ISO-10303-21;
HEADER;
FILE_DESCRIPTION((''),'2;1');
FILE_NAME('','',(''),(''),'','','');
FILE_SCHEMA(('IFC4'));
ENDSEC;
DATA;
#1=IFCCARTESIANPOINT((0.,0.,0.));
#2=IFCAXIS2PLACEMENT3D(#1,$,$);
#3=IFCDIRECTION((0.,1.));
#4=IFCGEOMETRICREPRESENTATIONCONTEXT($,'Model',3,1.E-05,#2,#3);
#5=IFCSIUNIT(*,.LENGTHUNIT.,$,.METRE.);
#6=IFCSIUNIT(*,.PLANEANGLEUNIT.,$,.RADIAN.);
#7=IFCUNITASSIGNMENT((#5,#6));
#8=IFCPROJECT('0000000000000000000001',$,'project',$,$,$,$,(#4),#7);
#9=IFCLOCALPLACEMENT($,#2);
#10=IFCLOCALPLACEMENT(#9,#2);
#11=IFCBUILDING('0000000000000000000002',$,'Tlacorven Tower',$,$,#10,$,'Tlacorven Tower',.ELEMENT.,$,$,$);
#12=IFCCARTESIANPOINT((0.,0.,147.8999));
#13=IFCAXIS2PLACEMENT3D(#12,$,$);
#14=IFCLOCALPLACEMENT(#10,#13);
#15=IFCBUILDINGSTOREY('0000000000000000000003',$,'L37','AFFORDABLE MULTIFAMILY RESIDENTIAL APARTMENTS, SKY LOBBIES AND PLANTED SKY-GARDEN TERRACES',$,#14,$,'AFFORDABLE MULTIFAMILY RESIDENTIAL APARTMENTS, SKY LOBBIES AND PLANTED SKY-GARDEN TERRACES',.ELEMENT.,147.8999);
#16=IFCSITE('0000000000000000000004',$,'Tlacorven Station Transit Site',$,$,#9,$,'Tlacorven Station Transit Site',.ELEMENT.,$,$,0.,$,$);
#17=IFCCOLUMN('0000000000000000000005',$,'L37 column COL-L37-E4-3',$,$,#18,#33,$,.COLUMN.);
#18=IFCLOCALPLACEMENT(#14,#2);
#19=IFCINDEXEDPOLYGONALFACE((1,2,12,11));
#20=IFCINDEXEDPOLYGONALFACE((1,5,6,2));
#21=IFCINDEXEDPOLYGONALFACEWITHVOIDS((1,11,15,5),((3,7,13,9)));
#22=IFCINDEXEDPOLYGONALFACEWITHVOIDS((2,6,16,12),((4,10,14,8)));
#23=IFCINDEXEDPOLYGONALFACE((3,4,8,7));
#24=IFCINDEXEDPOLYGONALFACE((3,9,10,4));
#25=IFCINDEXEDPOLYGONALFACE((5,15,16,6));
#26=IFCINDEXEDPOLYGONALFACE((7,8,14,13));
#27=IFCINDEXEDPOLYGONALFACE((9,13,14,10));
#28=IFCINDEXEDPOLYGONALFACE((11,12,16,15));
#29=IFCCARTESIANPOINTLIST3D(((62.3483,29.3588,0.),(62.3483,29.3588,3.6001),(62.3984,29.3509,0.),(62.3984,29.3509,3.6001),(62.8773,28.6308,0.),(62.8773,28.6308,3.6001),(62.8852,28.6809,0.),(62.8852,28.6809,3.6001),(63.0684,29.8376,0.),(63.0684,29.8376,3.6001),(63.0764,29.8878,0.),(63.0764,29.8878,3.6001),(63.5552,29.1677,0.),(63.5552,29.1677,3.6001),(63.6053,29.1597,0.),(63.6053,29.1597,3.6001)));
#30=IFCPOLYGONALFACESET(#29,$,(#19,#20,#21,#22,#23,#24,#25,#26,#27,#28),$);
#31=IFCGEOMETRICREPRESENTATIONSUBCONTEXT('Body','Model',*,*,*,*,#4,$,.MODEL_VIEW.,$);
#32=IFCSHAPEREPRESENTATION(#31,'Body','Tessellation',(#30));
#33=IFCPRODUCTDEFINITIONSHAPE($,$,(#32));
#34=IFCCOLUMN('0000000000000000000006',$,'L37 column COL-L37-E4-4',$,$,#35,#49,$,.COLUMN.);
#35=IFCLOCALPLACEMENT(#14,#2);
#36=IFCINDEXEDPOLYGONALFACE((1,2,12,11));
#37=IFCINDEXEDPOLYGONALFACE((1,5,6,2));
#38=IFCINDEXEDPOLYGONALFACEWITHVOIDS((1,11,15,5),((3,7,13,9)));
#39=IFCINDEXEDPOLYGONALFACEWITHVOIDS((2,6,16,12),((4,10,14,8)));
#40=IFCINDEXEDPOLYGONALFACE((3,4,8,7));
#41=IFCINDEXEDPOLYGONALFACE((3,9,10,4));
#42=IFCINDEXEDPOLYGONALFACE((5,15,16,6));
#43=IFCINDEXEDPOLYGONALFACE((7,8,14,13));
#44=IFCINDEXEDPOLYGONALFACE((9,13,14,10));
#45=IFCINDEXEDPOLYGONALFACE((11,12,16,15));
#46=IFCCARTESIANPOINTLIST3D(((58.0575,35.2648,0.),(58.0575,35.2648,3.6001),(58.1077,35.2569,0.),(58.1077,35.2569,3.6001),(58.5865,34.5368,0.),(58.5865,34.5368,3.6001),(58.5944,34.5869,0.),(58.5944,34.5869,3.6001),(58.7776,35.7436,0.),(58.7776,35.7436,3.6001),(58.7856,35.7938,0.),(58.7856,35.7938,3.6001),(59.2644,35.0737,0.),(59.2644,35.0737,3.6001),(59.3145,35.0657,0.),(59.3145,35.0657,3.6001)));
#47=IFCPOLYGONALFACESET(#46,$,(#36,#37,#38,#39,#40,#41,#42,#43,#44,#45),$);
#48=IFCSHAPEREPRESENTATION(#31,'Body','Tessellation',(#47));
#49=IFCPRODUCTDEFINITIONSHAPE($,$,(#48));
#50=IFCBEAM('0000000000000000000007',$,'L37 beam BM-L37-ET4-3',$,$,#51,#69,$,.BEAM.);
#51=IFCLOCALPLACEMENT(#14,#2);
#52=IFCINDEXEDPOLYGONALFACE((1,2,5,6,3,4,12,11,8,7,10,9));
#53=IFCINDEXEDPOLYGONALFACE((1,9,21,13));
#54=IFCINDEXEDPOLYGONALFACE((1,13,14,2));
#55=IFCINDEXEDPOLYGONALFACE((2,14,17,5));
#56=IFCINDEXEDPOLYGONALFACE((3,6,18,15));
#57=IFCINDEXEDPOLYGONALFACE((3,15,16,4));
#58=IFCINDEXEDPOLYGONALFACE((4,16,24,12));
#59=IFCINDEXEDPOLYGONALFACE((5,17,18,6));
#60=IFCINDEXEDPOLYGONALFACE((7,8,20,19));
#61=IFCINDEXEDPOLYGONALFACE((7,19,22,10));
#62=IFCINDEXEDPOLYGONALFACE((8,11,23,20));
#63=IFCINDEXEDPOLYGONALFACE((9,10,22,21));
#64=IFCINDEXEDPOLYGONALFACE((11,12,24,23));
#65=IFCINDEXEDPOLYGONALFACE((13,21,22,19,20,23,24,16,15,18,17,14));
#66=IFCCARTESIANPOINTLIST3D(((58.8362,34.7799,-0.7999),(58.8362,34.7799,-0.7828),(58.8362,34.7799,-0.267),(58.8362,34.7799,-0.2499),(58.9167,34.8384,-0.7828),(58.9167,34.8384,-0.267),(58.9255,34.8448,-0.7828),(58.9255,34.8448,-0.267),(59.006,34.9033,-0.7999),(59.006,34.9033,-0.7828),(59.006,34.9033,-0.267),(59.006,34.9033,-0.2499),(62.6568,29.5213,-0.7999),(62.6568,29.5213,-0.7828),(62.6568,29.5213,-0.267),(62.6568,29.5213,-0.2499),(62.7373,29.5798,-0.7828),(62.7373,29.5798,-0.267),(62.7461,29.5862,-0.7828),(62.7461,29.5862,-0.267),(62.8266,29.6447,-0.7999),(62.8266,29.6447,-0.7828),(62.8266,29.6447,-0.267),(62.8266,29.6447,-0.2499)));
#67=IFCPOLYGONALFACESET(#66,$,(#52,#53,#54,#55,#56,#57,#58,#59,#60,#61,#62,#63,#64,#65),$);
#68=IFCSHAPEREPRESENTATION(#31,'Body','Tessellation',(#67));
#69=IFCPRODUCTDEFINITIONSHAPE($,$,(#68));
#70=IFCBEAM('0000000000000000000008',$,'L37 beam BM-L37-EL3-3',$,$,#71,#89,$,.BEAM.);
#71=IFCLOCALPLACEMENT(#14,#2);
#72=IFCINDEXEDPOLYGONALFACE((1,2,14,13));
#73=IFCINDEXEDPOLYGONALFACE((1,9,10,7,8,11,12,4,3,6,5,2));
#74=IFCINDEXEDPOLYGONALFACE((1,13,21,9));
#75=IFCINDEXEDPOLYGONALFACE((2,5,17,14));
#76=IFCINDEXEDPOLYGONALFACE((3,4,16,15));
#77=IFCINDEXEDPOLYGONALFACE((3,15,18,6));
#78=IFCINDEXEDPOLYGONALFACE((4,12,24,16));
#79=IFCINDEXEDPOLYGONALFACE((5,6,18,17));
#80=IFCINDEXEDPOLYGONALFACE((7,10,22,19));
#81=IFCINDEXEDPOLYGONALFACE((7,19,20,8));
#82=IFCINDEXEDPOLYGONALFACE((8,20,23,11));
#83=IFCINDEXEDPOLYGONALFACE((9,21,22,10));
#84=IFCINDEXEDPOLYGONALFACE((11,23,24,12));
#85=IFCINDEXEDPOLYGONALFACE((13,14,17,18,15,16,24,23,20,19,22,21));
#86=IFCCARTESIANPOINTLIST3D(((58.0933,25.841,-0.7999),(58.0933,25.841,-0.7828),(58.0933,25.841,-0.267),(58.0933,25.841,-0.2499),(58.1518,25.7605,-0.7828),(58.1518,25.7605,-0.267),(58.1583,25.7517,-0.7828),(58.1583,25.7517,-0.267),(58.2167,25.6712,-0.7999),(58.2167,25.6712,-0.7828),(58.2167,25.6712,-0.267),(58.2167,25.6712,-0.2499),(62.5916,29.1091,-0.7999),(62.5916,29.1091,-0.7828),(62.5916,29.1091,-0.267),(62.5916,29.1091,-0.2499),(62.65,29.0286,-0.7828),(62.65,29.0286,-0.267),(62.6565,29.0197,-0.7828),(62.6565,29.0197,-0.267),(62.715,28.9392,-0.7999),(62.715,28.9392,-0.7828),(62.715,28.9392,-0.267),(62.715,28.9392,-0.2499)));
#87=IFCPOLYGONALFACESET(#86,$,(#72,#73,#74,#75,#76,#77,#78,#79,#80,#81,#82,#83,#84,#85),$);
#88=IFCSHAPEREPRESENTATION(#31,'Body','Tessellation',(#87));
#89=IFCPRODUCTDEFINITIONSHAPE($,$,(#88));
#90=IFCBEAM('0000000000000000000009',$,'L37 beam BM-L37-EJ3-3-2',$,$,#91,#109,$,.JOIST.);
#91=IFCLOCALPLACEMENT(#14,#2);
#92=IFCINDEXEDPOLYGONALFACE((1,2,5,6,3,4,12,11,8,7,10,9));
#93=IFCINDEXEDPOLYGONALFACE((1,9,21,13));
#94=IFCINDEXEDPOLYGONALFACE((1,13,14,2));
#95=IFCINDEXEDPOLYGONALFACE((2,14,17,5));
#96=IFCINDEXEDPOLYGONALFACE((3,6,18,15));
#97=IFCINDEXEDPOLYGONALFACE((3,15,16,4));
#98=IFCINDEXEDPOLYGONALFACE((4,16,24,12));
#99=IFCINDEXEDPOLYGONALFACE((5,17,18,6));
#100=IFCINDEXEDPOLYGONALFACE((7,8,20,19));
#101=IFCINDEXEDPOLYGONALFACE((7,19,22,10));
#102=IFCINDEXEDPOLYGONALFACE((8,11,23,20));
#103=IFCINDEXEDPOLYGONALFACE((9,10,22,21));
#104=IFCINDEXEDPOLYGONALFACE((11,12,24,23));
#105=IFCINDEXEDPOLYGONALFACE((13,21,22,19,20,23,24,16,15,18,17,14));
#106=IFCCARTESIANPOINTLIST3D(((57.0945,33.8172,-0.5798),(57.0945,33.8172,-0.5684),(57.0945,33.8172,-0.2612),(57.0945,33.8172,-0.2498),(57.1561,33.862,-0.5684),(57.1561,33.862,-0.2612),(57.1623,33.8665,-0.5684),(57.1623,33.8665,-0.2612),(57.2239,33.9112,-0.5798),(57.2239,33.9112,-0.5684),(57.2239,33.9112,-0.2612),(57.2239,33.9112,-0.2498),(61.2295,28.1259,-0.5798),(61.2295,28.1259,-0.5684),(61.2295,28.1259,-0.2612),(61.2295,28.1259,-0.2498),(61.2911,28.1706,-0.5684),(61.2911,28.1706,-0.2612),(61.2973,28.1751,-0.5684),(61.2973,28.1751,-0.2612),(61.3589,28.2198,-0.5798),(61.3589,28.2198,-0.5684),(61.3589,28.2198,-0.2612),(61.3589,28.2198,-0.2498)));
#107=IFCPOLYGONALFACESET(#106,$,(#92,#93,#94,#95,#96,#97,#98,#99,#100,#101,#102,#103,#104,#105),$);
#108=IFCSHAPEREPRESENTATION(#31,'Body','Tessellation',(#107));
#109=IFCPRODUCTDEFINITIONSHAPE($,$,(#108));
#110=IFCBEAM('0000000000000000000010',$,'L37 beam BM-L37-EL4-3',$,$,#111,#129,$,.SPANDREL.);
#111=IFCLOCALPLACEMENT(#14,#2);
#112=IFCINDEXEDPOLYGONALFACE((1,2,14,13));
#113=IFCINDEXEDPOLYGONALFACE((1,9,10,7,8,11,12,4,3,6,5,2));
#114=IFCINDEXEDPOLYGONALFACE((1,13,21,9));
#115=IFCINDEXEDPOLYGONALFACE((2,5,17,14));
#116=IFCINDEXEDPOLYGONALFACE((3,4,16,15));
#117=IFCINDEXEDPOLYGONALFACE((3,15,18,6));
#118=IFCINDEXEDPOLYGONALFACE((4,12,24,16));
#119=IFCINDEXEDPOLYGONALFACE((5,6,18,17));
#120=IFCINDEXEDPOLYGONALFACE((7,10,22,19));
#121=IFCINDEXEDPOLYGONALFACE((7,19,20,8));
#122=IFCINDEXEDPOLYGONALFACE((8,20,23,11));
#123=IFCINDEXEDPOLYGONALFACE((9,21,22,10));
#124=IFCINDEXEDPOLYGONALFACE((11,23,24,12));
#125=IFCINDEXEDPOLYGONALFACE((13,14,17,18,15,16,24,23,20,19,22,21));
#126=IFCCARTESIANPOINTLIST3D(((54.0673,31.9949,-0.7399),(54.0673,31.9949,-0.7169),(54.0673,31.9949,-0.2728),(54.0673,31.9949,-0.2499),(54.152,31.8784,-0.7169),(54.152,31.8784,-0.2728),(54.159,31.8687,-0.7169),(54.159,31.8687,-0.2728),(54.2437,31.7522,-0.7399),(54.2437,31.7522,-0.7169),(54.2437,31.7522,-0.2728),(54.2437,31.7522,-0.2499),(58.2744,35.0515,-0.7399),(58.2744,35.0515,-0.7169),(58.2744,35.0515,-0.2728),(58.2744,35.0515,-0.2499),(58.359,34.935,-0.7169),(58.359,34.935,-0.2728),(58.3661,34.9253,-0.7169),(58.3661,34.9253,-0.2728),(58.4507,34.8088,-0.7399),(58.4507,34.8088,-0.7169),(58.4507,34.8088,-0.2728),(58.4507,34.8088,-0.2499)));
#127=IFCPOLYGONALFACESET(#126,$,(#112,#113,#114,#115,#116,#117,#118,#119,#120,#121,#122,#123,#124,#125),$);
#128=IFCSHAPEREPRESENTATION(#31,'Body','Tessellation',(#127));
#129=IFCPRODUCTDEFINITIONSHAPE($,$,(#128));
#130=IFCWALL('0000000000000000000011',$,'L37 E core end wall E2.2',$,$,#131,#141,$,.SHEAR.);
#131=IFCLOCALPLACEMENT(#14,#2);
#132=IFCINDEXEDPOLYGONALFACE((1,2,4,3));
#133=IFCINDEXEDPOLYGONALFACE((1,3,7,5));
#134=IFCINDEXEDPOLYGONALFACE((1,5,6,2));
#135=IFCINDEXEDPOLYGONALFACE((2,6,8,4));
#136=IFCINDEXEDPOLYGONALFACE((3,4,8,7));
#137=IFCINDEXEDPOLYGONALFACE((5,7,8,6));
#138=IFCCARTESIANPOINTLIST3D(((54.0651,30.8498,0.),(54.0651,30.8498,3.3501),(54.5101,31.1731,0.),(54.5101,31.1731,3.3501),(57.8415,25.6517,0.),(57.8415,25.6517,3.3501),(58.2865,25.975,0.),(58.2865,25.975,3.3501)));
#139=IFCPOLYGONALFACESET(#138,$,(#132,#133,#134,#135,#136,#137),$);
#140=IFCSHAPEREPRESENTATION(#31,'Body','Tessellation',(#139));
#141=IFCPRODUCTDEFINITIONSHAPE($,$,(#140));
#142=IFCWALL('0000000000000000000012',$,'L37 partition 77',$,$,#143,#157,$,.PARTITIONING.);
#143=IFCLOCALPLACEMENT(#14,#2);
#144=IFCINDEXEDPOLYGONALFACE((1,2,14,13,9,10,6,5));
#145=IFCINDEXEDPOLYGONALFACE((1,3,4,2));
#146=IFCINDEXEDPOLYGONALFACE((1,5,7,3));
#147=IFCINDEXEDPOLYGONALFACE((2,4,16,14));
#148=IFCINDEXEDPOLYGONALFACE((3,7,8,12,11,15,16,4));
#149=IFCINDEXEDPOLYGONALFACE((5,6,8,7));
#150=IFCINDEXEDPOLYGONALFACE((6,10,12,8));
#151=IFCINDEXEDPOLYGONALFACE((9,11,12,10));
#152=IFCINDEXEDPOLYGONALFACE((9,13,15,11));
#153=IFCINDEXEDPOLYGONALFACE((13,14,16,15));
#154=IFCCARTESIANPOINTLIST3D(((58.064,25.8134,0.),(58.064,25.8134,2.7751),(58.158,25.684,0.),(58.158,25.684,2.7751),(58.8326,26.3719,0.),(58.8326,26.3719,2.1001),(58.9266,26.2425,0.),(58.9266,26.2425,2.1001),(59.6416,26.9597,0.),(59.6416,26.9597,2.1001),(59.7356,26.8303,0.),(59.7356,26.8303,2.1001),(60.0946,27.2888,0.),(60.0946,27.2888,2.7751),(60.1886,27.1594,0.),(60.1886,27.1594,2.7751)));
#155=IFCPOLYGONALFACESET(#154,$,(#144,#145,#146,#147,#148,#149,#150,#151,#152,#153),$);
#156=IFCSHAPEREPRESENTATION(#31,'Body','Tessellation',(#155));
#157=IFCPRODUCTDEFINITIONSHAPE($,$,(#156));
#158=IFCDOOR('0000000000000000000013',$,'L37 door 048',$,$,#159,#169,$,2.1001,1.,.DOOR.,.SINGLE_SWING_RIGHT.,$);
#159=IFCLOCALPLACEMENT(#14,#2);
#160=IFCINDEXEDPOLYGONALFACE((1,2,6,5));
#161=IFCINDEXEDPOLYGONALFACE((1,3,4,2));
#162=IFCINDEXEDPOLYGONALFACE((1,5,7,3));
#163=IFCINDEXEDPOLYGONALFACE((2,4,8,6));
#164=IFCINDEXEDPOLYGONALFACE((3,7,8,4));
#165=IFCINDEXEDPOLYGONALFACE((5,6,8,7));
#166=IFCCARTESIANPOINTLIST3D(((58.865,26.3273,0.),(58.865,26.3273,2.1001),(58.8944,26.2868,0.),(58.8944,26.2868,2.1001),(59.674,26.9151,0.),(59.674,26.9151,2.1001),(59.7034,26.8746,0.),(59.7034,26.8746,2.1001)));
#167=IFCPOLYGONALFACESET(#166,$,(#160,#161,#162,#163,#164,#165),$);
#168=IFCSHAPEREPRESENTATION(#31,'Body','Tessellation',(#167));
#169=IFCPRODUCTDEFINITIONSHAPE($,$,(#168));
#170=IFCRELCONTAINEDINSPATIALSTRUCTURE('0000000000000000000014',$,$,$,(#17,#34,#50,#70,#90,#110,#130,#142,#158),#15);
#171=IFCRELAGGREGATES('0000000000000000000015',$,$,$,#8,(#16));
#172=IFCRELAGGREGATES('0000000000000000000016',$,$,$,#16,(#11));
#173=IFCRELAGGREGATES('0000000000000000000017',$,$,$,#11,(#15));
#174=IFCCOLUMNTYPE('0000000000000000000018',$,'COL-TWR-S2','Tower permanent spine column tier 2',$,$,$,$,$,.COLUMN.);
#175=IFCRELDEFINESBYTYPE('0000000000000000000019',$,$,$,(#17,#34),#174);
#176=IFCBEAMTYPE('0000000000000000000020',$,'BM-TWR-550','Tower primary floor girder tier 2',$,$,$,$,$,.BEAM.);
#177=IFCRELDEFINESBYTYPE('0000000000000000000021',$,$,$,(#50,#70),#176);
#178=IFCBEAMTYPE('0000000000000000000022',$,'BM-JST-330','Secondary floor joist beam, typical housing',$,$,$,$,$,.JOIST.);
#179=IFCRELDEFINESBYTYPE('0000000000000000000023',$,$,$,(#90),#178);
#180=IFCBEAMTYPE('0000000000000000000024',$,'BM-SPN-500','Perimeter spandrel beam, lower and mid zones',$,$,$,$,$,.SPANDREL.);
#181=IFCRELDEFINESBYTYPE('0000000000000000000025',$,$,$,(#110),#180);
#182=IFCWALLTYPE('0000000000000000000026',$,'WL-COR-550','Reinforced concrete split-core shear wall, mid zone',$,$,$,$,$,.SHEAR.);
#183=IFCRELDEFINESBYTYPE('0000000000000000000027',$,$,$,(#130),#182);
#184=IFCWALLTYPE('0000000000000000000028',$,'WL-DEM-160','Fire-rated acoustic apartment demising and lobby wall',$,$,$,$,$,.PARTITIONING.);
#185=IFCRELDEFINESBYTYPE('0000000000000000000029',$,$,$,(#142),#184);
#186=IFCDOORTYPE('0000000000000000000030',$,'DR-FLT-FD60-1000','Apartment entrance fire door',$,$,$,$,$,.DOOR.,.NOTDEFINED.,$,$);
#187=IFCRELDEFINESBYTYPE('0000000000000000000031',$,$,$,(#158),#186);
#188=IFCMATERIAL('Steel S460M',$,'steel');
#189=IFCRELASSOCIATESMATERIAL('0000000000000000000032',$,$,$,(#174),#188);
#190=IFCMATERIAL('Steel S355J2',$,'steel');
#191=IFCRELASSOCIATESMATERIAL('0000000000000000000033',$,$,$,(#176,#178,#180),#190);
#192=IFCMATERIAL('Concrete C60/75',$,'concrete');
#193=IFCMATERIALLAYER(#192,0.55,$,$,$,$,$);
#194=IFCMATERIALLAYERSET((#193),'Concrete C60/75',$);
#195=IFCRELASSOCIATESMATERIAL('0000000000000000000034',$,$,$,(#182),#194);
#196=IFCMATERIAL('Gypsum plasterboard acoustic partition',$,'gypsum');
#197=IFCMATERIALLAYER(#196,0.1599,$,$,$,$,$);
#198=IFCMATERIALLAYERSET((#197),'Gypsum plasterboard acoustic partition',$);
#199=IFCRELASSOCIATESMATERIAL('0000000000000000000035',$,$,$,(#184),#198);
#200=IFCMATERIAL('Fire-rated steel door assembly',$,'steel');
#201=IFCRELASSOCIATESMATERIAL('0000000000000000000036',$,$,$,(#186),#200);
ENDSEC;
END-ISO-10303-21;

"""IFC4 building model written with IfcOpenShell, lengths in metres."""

from ifc_helpers import new_model, si_unit, direction, frame, frame_2d, origin, origin_2d, place, context, subcontext, project, spatial, rectangle, hollow_rectangle, i_section, extrude, source, transform, mapped, material, layer, layer_set, material_profile, profile_set, type_object, element, fill, save


model = new_model("IFC4")

# Units and contexts
model_context = context("Model", 3, precision=1e-05, world=origin(), true_north=direction((0.0, 1.0)))
body_context = subcontext(model_context, "Body", "Model", "MODEL_VIEW")
ifc_project = project(units=[si_unit("LENGTHUNIT", "METRE"), si_unit("PLANEANGLEUNIT", "RADIAN")], contexts=[model_context])

# Site, building, storey
site_placement = place(None, origin())
site = spatial("IfcSite", under=ifc_project, at=site_placement, Name="Tlacorven Station Transit Site", LongName="Tlacorven Station Transit Site", CompositionType="ELEMENT", RefElevation=0.0)
building_placement = place(site_placement, origin())
building = spatial("IfcBuilding", under=site, at=building_placement, Name="Tlacorven Tower", LongName="Tlacorven Tower", CompositionType="ELEMENT")
storey_placement = place(building_placement, frame((0.0, 0.0, 147.8999)))
storey = spatial("IfcBuildingStorey", under=building, at=storey_placement, Name="L37", Description="AFFORDABLE MULTIFAMILY RESIDENTIAL APARTMENTS, SKY LOBBIES AND PLANTED SKY-GARDEN TERRACES", LongName="AFFORDABLE MULTIFAMILY RESIDENTIAL APARTMENTS, SKY LOBBIES AND PLANTED SKY-GARDEN TERRACES", CompositionType="ELEMENT", Elevation=147.8999)

# Columns
ifc_material_1 = material(Name="Steel S460M", Category="steel")
ifc_material_profile_1 = material_profile(ifc_material_1, hollow_rectangle(XDim=0.8999, YDim=0.8999, WallThickness=0.0359, at=origin_2d()), Name="BOX 900X900X36")
ifc_profile_set_1 = profile_set([ifc_material_profile_1], Name="Steel S460M")
column_type = type_object("IfcColumnType", Name="COL-TWR-S2", Description="Tower permanent spine column tier 2", PredefinedType="COLUMN", material=ifc_profile_set_1)
shared_shape_1 = source(origin(), body_context, "Body", "SweptSolid", [
    extrude(hollow_rectangle(XDim=0.8999, YDim=0.8999, WallThickness=0.0359, at=origin_2d()), origin(), (0.0, 0.0, 1.0), 3.6001),
])
for number, where, z_axis, x_axis, name in (
    (1, (62.9768, 29.2593, 0.0), (0.0, 0.0, 1.0), (0.809017, 0.587785, 0.0), "L37 column COL-L37-E4-3"),
    (2, (58.686, 35.1653, 0.0), (0.0, 0.0, 1.0), (0.809017, 0.587785, 0.0), "L37 column COL-L37-E4-4"),
):
    element("IfcColumn", number, at=place(storey_placement, frame(where, z_axis=z_axis, x_axis=x_axis)), inside=storey, type_object=column_type, Name=name, PredefinedType="COLUMN", context=body_context, shape_type="MappedRepresentation", body=[
        mapped(shared_shape_1, transform((0.0, 0.0, 0.0), scale=1.0)),
    ])

# Beams
ifc_material_2 = material(Name="Steel S355J2", Category="steel")
ifc_material_profile_2 = material_profile(ifc_material_2, i_section(OverallWidth=0.21, OverallDepth=0.55, WebThickness=0.011, FlangeThickness=0.0171, at=origin_2d()), Name="IPE 550")
ifc_profile_set_2 = profile_set([ifc_material_profile_2], Name="Steel S355J2")
beam_type_1 = type_object("IfcBeamType", Name="BM-TWR-550", Description="Tower primary floor girder tier 2", PredefinedType="BEAM", material=ifc_profile_set_2)
shared_shape_2 = source(origin(), body_context, "Body", "SweptSolid", [
    extrude(i_section(OverallWidth=0.21, OverallDepth=0.55, WebThickness=0.011, FlangeThickness=0.0171, at=origin_2d()), origin(), (0.0, 0.0, 1.0), 6.5),
])
beam_1_placement = place(storey_placement, frame((62.7417, 29.583, -0.5249), z_axis=(-0.587785, 0.809017, 0.0), x_axis=(-0.809017, -0.587785, 0.0)))
element("IfcBeam", 3, at=beam_1_placement, inside=storey, type_object=beam_type_1, Name="L37 beam BM-L37-ET4-3", PredefinedType="BEAM", context=body_context, shape_type="MappedRepresentation", body=[
    mapped(shared_shape_2, transform((0.0, 0.0, 0.0), scale=1.0)),
])
shared_shape_3 = source(origin(), body_context, "Body", "SweptSolid", [
    extrude(i_section(OverallWidth=0.21, OverallDepth=0.55, WebThickness=0.011, FlangeThickness=0.0171, at=origin_2d()), origin(), (0.0, 0.0, 1.0), 5.5601),
])
beam_2_placement = place(storey_placement, frame((58.155, 25.7561, -0.5249), z_axis=(0.809028, 0.58777, 0.0), x_axis=(-0.58777, 0.809028, 0.0)))
element("IfcBeam", 4, at=beam_2_placement, inside=storey, type_object=beam_type_1, Name="L37 beam BM-L37-EL3-3", PredefinedType="BEAM", context=body_context, shape_type="MappedRepresentation", body=[
    mapped(shared_shape_3, transform((0.0, 0.0, 0.0), scale=1.0)),
])
ifc_material_profile_3 = material_profile(ifc_material_2, i_section(OverallWidth=0.1599, OverallDepth=0.3301, WebThickness=0.0076, FlangeThickness=0.0115, at=origin_2d()), Name="IPE 330")
ifc_profile_set_3 = profile_set([ifc_material_profile_3], Name="Steel S355J2")
beam_type_2 = type_object("IfcBeamType", Name="BM-JST-330", Description="Secondary floor joist beam, typical housing", PredefinedType="JOIST", material=ifc_profile_set_3)
shared_shape_4 = source(origin(), body_context, "Body", "SweptSolid", [
    extrude(i_section(OverallWidth=0.1599, OverallDepth=0.3301, WebThickness=0.0076, FlangeThickness=0.0115, at=origin_2d()), origin(), (0.0, 0.0, 1.0), 7.0349),
])
beam_3_placement = place(storey_placement, frame((61.2942, 28.1729, -0.4148), z_axis=(-0.587782, 0.80902, 0.0), x_axis=(-0.80902, -0.587782, 0.0)))
element("IfcBeam", 5, at=beam_3_placement, inside=storey, type_object=beam_type_2, Name="L37 beam BM-L37-EJ3-3-2", PredefinedType="JOIST", context=body_context, shape_type="MappedRepresentation", body=[
    mapped(shared_shape_4, transform((0.0, 0.0, 0.0), scale=1.0)),
])
ifc_material_profile_4 = material_profile(ifc_material_2, i_section(OverallWidth=0.3, OverallDepth=0.49, WebThickness=0.012, FlangeThickness=0.0229, at=origin_2d()), Name="HEA 500")
ifc_profile_set_4 = profile_set([ifc_material_profile_4], Name="Steel S355J2")
beam_type_3 = type_object("IfcBeamType", Name="BM-SPN-500", Description="Perimeter spandrel beam, lower and mid zones", PredefinedType="SPANDREL", material=ifc_profile_set_4)
shared_shape_5 = source(origin(), body_context, "Body", "SweptSolid", [
    extrude(i_section(OverallWidth=0.3, OverallDepth=0.49, WebThickness=0.012, FlangeThickness=0.0229, at=origin_2d()), origin(), (0.0, 0.0, 1.0), 5.2002),
])
beam_4_placement = place(storey_placement, frame((54.1555, 31.8735, -0.4949), z_axis=(0.809012, 0.587792, 0.0), x_axis=(-0.587792, 0.809012, 0.0)))
element("IfcBeam", 6, at=beam_4_placement, inside=storey, type_object=beam_type_3, Name="L37 beam BM-L37-EL4-3", PredefinedType="SPANDREL", context=body_context, shape_type="MappedRepresentation", body=[
    mapped(shared_shape_5, transform((0.0, 0.0, 0.0), scale=1.0)),
])

# Wall
ifc_material_3 = material(Name="Concrete C60/75", Category="concrete")
ifc_layer_1 = layer(ifc_material_3, 0.55)
ifc_layer_set_1 = layer_set([ifc_layer_1], Name="Concrete C60/75")
wall_type_1 = type_object("IfcWallType", Name="WL-COR-550", Description="Reinforced concrete split-core shear wall, mid zone", PredefinedType="SHEAR", material=ifc_layer_set_1)
wall_1_placement = place(storey_placement, frame((58.064, 25.8135, 0.0), z_axis=(0.0, 0.0, 1.0), x_axis=(-0.587765, 0.809032, 0.0)))
element("IfcWall", 7, at=wall_1_placement, inside=storey, type_object=wall_type_1, Name="L37 E core end wall E2.2", PredefinedType="SHEAR", context=body_context, shape_type="SweptSolid", body=[
    extrude(rectangle(XDim=6.425, YDim=0.55, at=frame_2d((3.2124, 0.0))), origin(), (0.0, 0.0, 1.0), 3.3501),
])

# Wall, opening, door
ifc_material_4 = material(Name="Gypsum plasterboard acoustic partition", Category="gypsum")
ifc_layer_2 = layer(ifc_material_4, 0.1599)
ifc_layer_set_2 = layer_set([ifc_layer_2], Name="Gypsum plasterboard acoustic partition")
wall_type_2 = type_object("IfcWallType", Name="WL-DEM-160", Description="Fire-rated acoustic apartment demising and lobby wall", PredefinedType="PARTITIONING", material=ifc_layer_set_2)
wall_2_placement = place(storey_placement, frame((58.1111, 25.7488, 0.0), z_axis=(0.0, 0.0, 1.0), x_axis=(0.809001, 0.587807, 0.0)))
wall_2 = element("IfcWall", 8, at=wall_2_placement, inside=storey, type_object=wall_type_2, Name="L37 partition 77", PredefinedType="PARTITIONING", context=body_context, shape_type="SweptSolid", body=[
    extrude(rectangle(XDim=2.51, YDim=0.1599, at=frame_2d((1.2549, 0.0))), origin(), (0.0, 0.0, 1.0), 2.7751),
])
opening_1_placement = place(wall_2_placement, frame((0.95, 0.0, 0.0)))
opening_1 = element("IfcOpeningElement", 9, at=opening_1_placement, cuts=wall_2, PredefinedType="OPENING", context=body_context, shape_type="SweptSolid", body=[
    extrude(rectangle(XDim=1.0, YDim=2.1001, at=frame_2d((0.5, 1.05))), frame((0.0, 0.0898, 0.0), z_axis=(0.0, -1.0, 0.0), x_axis=(1.0, 0.0, 0.0)), (0.0, 0.0, 1.0), 0.1799),
])
ifc_material_5 = material(Name="Fire-rated steel door assembly", Category="steel")
door_type = type_object("IfcDoorType", Name="DR-FLT-FD60-1000", Description="Apartment entrance fire door", OperationType="NOTDEFINED", PredefinedType="DOOR", material=ifc_material_5)
shared_shape_6 = source(origin(), body_context, "Body", "SweptSolid", [
    extrude(rectangle(XDim=1.0, YDim=2.1001, at=frame_2d((0.5, 1.05))), frame((0.0, 0.0249, 0.0), z_axis=(0.0, -1.0, 0.0), x_axis=(1.0, 0.0, 0.0)), (0.0, 0.0, 1.0), 0.05),
])
door_1_placement = place(opening_1_placement, origin())
door_1 = element("IfcDoor", 10, at=door_1_placement, inside=storey, type_object=door_type, Name="L37 door 048", OperationType="SINGLE_SWING_RIGHT", OverallHeight=2.1001, OverallWidth=1.0, PredefinedType="DOOR", context=body_context, shape_type="MappedRepresentation", body=[
    mapped(shared_shape_6, transform((0.0, 0.0, 0.0), scale=1.0)),
])
fill(opening_1, door_1)

save(model, "model.ifc")
